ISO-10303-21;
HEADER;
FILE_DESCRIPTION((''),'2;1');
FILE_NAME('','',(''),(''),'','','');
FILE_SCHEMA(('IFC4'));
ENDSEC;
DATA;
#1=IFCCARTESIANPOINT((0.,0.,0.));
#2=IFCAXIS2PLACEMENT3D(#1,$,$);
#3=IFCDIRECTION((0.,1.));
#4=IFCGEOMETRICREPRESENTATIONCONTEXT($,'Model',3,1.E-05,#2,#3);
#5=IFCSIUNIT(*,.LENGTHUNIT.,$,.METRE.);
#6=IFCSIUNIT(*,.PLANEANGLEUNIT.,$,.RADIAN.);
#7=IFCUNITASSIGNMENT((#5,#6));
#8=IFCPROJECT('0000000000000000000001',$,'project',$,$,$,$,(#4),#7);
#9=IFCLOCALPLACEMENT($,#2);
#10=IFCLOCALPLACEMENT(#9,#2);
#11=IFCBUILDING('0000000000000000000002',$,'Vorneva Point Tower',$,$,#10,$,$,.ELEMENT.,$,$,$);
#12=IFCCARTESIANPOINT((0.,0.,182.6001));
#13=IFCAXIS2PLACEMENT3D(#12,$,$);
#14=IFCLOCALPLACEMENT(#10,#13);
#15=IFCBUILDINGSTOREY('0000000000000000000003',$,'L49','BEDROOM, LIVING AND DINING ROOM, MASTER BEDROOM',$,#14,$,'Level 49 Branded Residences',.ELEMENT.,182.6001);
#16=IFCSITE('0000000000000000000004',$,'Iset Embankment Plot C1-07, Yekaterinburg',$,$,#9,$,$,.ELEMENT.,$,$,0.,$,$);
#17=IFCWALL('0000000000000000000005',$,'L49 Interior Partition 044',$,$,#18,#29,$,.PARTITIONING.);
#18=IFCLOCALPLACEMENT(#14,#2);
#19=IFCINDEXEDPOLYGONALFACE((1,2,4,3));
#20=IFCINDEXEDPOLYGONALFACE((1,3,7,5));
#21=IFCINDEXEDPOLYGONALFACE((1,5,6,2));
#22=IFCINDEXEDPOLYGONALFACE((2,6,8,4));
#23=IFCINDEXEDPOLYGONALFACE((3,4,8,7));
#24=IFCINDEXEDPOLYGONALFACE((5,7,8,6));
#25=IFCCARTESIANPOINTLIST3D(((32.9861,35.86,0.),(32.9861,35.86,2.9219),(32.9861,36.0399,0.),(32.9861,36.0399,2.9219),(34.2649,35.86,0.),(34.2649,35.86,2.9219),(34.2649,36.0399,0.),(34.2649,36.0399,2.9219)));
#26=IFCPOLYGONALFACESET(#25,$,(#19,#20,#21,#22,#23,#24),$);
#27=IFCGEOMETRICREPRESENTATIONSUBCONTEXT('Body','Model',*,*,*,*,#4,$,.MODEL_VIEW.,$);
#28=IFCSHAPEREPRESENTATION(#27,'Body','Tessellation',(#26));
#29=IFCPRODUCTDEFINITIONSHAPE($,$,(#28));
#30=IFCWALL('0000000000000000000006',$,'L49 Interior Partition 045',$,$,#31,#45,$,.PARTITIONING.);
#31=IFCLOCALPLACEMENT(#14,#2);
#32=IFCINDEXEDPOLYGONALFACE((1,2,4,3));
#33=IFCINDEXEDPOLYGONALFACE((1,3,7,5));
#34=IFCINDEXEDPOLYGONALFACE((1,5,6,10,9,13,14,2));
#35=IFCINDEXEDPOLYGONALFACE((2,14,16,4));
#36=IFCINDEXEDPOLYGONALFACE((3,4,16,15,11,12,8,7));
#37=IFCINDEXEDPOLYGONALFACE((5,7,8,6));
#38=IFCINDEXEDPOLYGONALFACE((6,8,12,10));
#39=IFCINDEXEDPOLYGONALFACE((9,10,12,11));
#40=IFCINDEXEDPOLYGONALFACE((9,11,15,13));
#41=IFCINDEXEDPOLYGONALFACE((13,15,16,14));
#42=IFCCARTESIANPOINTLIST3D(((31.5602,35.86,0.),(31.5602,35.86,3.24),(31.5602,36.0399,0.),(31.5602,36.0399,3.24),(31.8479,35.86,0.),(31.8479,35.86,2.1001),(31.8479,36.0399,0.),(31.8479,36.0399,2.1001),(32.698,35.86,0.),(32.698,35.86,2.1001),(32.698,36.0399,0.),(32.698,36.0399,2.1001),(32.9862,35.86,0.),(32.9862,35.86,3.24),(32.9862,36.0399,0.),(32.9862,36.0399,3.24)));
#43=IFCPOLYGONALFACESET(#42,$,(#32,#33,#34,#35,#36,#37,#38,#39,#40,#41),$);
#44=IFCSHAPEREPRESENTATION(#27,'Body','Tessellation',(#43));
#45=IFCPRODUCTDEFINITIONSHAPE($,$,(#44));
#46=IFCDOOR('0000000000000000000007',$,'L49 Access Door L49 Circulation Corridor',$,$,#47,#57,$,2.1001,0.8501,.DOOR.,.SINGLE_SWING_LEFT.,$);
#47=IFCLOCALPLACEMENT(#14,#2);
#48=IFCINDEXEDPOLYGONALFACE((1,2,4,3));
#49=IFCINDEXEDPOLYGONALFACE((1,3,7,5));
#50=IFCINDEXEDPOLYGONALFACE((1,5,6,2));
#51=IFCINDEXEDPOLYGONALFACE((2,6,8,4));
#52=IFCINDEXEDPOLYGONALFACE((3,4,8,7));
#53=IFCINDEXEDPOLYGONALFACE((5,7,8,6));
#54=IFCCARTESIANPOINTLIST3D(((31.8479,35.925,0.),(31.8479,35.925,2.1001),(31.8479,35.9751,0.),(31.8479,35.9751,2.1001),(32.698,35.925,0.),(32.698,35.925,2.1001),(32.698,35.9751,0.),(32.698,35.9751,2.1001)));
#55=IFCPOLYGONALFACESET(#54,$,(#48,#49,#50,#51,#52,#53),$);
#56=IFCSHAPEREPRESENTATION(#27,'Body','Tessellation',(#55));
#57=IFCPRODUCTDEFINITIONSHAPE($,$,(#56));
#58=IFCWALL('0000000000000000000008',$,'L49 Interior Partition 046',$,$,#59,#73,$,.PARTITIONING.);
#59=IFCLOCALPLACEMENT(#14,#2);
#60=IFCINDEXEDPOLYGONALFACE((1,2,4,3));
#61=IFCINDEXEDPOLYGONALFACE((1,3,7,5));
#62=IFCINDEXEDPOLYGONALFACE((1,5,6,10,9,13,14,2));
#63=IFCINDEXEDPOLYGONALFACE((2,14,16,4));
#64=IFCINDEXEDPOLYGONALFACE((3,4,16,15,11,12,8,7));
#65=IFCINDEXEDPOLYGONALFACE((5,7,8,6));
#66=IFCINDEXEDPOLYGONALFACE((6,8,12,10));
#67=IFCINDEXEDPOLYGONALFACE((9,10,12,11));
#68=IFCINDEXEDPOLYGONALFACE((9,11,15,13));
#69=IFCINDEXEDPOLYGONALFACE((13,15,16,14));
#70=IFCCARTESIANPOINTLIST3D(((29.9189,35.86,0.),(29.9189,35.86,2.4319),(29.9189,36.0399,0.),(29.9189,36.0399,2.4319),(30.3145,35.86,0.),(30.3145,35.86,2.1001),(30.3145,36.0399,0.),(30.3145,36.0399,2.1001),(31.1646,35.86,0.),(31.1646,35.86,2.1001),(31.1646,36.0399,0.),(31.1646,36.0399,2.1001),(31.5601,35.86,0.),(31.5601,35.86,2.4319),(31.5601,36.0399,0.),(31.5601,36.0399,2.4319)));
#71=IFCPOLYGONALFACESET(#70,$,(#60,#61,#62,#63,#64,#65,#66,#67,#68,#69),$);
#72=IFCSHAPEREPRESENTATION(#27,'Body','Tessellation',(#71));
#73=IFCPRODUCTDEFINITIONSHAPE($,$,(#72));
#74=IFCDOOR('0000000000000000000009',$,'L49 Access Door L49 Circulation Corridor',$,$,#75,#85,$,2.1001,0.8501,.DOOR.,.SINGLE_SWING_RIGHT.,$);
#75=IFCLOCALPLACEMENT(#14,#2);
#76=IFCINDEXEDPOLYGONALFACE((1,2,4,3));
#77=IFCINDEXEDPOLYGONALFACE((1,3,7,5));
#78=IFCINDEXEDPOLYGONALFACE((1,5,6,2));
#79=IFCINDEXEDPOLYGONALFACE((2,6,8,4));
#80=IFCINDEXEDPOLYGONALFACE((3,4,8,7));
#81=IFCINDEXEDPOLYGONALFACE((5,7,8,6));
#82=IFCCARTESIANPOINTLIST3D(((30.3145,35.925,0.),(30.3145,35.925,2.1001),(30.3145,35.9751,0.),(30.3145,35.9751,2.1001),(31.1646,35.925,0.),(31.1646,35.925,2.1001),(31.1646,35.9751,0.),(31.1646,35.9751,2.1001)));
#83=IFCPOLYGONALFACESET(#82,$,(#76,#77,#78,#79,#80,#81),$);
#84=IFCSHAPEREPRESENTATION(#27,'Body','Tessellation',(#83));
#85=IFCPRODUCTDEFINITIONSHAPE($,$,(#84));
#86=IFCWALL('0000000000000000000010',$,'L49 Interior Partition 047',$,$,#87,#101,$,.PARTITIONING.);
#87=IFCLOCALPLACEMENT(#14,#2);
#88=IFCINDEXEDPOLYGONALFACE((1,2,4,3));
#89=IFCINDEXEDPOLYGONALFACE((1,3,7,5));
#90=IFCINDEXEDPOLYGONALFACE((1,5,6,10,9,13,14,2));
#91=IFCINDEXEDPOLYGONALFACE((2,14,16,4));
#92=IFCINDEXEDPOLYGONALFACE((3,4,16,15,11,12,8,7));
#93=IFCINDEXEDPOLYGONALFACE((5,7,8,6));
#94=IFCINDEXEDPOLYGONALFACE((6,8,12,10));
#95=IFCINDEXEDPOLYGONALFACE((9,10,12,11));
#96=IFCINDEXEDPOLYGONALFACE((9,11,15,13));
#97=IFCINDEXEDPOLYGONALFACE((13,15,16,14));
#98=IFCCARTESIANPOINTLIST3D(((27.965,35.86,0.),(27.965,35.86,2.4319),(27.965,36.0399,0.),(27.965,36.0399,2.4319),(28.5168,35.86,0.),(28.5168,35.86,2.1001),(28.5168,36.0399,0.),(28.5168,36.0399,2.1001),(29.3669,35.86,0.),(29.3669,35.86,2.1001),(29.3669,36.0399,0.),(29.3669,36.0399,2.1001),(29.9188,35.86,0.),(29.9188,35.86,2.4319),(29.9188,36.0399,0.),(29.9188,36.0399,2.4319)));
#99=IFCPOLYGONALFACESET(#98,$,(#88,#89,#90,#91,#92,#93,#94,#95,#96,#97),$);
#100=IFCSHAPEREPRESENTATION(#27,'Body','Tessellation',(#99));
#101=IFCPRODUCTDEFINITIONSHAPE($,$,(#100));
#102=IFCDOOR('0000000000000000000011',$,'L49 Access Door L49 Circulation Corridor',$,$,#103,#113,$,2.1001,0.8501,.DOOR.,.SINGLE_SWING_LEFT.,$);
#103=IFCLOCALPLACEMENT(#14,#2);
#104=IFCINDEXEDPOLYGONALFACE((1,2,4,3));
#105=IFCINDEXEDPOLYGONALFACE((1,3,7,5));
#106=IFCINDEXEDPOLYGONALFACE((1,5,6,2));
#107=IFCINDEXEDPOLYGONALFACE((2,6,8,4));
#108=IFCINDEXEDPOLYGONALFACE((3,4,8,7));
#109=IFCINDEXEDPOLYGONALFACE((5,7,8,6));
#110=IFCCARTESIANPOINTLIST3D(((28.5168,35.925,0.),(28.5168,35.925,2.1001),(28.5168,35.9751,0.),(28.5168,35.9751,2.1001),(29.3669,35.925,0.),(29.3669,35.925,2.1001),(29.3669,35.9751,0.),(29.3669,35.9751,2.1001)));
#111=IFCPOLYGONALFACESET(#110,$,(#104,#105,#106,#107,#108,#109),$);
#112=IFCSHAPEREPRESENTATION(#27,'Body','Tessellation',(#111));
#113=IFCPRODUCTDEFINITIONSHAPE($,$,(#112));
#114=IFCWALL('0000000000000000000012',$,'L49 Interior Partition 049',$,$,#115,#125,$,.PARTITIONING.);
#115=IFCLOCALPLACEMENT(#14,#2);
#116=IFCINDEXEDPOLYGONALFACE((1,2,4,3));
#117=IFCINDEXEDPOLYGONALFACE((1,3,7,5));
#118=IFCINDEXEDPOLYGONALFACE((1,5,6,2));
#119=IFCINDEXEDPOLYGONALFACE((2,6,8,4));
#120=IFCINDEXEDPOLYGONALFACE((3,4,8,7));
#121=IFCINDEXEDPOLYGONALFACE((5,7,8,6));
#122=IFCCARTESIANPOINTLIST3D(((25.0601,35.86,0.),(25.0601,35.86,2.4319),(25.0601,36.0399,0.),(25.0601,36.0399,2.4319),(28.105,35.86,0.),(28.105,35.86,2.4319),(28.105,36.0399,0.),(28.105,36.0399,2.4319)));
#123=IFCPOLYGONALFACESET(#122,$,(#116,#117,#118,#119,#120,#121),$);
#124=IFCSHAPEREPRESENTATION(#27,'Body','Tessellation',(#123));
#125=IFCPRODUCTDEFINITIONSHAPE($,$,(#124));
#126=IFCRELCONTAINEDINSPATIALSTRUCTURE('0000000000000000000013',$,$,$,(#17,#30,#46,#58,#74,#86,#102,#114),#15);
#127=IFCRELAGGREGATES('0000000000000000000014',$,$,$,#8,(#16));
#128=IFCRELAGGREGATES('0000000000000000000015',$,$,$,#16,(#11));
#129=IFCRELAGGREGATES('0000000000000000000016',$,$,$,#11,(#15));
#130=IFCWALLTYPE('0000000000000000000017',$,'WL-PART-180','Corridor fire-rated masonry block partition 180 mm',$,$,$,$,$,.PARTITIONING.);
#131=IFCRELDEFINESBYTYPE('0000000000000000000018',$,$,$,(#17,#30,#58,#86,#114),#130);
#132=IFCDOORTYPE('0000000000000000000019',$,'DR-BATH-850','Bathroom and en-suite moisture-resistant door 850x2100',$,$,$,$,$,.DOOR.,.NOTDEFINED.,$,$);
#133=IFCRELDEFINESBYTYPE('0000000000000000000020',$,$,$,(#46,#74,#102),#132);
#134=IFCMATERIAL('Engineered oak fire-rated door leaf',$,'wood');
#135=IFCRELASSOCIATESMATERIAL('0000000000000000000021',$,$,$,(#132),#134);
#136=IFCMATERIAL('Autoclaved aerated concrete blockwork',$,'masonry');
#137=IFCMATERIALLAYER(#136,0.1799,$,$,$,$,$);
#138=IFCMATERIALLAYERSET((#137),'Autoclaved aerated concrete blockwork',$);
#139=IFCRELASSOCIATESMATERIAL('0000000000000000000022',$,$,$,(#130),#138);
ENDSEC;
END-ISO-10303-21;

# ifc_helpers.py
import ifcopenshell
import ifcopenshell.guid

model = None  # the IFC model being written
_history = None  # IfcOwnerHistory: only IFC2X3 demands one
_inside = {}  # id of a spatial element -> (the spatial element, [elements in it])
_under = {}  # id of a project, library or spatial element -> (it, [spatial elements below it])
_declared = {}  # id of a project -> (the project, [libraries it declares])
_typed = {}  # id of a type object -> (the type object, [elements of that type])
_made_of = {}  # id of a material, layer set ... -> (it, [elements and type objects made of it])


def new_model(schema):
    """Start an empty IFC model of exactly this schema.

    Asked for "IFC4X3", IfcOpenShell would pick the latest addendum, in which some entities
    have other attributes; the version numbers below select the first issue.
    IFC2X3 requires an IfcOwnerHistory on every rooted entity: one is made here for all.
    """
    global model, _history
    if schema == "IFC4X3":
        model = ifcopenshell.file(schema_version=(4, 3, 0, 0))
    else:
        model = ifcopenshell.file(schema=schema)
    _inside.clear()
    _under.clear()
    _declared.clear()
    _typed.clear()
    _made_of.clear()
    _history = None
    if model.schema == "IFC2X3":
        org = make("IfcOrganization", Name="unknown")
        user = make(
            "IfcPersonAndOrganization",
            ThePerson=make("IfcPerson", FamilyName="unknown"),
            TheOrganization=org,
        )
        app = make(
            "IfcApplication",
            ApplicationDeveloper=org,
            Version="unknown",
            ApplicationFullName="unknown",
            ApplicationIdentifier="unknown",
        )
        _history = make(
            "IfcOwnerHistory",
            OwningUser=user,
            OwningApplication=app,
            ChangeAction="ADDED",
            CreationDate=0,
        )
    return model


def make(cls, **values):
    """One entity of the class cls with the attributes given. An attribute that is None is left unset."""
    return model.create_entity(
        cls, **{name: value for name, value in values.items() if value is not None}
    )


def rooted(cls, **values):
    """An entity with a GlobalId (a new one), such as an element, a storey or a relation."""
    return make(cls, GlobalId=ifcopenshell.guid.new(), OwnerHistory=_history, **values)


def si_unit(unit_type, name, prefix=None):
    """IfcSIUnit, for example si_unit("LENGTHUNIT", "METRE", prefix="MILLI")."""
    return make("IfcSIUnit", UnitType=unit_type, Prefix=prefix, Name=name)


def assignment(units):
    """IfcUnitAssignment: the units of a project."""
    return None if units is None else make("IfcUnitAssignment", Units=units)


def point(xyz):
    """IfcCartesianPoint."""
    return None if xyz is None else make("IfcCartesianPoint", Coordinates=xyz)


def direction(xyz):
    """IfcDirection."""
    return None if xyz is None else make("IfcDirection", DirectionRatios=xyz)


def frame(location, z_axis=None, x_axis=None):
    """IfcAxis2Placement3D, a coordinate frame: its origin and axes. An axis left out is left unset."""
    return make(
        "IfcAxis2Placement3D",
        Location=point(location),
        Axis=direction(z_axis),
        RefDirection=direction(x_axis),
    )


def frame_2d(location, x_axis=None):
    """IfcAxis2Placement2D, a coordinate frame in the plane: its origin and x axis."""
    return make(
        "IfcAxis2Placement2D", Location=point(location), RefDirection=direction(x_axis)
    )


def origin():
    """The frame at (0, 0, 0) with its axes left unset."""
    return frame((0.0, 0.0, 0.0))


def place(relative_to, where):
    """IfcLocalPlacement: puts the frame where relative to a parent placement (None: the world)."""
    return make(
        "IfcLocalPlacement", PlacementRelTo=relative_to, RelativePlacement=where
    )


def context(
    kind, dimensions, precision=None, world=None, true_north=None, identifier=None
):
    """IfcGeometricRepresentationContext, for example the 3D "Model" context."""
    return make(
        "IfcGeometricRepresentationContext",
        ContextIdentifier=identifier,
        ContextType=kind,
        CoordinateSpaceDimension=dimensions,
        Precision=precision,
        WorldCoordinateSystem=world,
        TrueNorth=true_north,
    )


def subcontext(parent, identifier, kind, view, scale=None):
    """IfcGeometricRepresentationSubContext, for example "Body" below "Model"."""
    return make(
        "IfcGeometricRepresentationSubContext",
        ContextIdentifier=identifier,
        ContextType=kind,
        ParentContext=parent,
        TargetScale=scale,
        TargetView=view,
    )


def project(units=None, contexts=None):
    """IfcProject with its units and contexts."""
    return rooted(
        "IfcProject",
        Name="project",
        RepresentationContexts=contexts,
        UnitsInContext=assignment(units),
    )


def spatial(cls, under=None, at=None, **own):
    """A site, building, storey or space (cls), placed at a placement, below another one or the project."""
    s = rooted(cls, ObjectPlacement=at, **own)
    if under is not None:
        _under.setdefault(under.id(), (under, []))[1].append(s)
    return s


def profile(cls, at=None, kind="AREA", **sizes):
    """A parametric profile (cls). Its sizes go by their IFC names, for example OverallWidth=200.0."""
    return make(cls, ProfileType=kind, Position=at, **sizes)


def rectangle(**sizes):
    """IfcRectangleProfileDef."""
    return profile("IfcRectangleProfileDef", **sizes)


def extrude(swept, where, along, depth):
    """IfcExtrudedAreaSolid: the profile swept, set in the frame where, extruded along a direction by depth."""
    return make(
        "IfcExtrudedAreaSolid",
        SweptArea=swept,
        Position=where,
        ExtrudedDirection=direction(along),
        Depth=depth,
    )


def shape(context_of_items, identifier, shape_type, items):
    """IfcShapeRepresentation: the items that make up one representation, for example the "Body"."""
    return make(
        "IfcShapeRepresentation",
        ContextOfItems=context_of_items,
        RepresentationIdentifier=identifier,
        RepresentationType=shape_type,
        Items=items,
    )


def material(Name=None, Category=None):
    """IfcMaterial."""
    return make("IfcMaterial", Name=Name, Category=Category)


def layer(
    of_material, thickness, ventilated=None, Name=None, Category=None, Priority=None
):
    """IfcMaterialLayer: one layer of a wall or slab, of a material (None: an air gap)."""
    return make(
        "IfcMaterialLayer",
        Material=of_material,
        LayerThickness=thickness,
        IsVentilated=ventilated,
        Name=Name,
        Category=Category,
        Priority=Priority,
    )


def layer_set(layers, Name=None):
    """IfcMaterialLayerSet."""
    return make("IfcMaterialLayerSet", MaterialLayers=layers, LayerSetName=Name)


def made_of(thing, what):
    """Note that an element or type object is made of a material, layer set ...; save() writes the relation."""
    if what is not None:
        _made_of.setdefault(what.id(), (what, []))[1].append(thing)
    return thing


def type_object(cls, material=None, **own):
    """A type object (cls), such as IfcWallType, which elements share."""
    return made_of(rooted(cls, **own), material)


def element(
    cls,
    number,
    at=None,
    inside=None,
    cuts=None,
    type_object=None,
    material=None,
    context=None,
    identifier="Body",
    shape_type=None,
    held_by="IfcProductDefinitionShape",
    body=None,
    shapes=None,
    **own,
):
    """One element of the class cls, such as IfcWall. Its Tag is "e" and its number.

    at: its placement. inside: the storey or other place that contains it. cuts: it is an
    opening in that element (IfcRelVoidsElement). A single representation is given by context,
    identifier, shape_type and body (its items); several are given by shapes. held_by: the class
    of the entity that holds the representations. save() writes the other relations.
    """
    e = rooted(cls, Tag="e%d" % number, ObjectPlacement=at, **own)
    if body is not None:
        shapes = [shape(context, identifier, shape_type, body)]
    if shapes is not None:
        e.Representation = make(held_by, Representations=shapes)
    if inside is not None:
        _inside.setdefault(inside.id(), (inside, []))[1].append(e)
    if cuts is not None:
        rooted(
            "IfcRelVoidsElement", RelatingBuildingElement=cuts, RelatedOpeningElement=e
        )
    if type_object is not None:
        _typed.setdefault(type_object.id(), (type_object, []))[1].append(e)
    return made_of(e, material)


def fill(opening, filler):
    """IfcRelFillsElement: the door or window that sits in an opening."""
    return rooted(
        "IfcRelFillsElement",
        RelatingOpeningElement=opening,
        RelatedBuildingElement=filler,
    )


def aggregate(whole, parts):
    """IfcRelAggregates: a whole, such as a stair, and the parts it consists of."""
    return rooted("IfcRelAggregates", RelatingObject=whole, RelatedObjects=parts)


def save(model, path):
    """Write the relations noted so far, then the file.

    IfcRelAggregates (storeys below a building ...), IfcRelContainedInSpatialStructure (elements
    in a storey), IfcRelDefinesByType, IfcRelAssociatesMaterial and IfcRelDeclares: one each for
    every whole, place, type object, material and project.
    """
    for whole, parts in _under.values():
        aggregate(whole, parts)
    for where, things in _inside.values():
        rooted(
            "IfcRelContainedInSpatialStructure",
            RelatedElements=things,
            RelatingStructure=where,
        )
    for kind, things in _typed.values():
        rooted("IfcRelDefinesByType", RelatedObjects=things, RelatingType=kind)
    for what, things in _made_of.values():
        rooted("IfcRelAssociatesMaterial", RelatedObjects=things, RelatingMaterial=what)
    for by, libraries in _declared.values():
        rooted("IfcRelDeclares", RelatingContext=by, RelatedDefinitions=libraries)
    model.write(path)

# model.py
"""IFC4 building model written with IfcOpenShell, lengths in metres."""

from ifc_helpers import new_model, si_unit, direction, frame, frame_2d, origin, place, context, subcontext, project, spatial, rectangle, extrude, material, layer, layer_set, type_object, element, fill, save


model = new_model("IFC4")

# Units and contexts
model_context = context("Model", 3, precision=1e-05, world=origin(), true_north=direction((0.0, 1.0)))
body_context = subcontext(model_context, "Body", "Model", "MODEL_VIEW")
ifc_project = project(units=[si_unit("LENGTHUNIT", "METRE"), si_unit("PLANEANGLEUNIT", "RADIAN")], contexts=[model_context])

# Site, building, storey
site_placement = place(None, origin())
site = spatial("IfcSite", under=ifc_project, at=site_placement, Name="Iset Embankment Plot C1-07, Yekaterinburg", CompositionType="ELEMENT", RefElevation=0.0)
building_placement = place(site_placement, origin())
building = spatial("IfcBuilding", under=site, at=building_placement, Name="Vorneva Point Tower", CompositionType="ELEMENT")
storey_placement = place(building_placement, frame((0.0, 0.0, 182.6001)))
storey = spatial("IfcBuildingStorey", under=building, at=storey_placement, Name="L49", Description="BEDROOM, LIVING AND DINING ROOM, MASTER BEDROOM", LongName="Level 49 Branded Residences", CompositionType="ELEMENT", Elevation=182.6001)

# Shared definitions
ifc_material_1 = material(Name="Engineered oak fire-rated door leaf", Category="wood")
door_type_1 = type_object("IfcDoorType", Name="DR-BATH-850", Description="Bathroom and en-suite moisture-resistant door 850x2100", OperationType="NOTDEFINED", PredefinedType="DOOR", material=ifc_material_1)

# Shared definitions
ifc_material_2 = material(Name="Autoclaved aerated concrete blockwork", Category="masonry")
ifc_layer_1 = layer(ifc_material_2, 0.1799)
ifc_layer_set_1 = layer_set([ifc_layer_1], Name="Autoclaved aerated concrete blockwork")
wall_type_1 = type_object("IfcWallType", Name="WL-PART-180", Description="Corridor fire-rated masonry block partition 180 mm", PredefinedType="PARTITIONING", material=ifc_layer_set_1)

# Wall
wall_1_placement = place(storey_placement, frame((34.2649, 35.95, 0.0), z_axis=(0.0, 0.0, 1.0), x_axis=(-1.0, 0.0, 0.0)))
element("IfcWall", 1, at=wall_1_placement, inside=storey, type_object=wall_type_1, Name="L49 Interior Partition 044", PredefinedType="PARTITIONING", context=body_context, shape_type="SweptSolid", body=[
    extrude(rectangle(XDim=1.2788, YDim=0.1799, at=frame_2d((0.6394, 0.0))), origin(), (0.0, 0.0, 1.0), 2.9219),
])

# Walls, openings, doors
wall_2_placement = place(storey_placement, frame((32.9861, 35.95, 0.0), z_axis=(0.0, 0.0, 1.0), x_axis=(-1.0, 0.0, 0.0)))
wall_2 = element("IfcWall", 2, at=wall_2_placement, inside=storey, type_object=wall_type_1, Name="L49 Interior Partition 045", PredefinedType="PARTITIONING", context=body_context, shape_type="SweptSolid", body=[
    extrude(rectangle(XDim=1.426, YDim=0.1799, at=frame_2d((0.7129, 0.0))), origin(), (0.0, 0.0, 1.0), 3.24),
])
opening_1_placement = place(wall_2_placement, frame((0.2881, 0.0, 0.0)))
opening_1 = element("IfcOpeningElement", 3, at=opening_1_placement, cuts=wall_2, PredefinedType="OPENING", context=body_context, shape_type="SweptSolid", body=[
    extrude(rectangle(XDim=0.8501, YDim=2.1001, at=frame_2d((0.425, 1.05))), frame((0.0, 0.105, 0.0), z_axis=(0.0, -1.0, 0.0), x_axis=(1.0, 0.0, 0.0)), (0.0, 0.0, 1.0), 0.2097),
])
door_1_placement = place(opening_1_placement, origin())
door_1 = element("IfcDoor", 4, at=door_1_placement, inside=storey, type_object=door_type_1, Name="L49 Access Door L49 Circulation Corridor", OperationType="SINGLE_SWING_LEFT", OverallHeight=2.1001, OverallWidth=0.8501, PredefinedType="DOOR", context=body_context, shape_type="SweptSolid", body=[
    extrude(rectangle(XDim=0.8501, YDim=2.1001, at=frame_2d((0.425, 1.05))), frame((0.0, 0.0249, 0.0), z_axis=(0.0, -1.0, 0.0), x_axis=(1.0, 0.0, 0.0)), (0.0, 0.0, 1.0), 0.05),
])
fill(opening_1, door_1)
wall_3_placement = place(storey_placement, frame((31.5601, 35.95, 0.0), z_axis=(0.0, 0.0, 1.0), x_axis=(-1.0, 0.0, 0.0)))
wall_3 = element("IfcWall", 5, at=wall_3_placement, inside=storey, type_object=wall_type_1, Name="L49 Interior Partition 046", PredefinedType="PARTITIONING", context=body_context, shape_type="SweptSolid", body=[
    extrude(rectangle(XDim=1.6411, YDim=0.1799, at=frame_2d((0.8206, 0.0))), origin(), (0.0, 0.0, 1.0), 2.4319),
])
opening_2_placement = place(wall_3_placement, frame((0.3955, 0.0, 0.0)))
opening_2 = element("IfcOpeningElement", 6, at=opening_2_placement, cuts=wall_3, PredefinedType="OPENING", context=body_context, shape_type="SweptSolid", body=[
    extrude(rectangle(XDim=0.8501, YDim=2.1001, at=frame_2d((0.425, 1.05))), frame((0.0, 0.105, 0.0), z_axis=(0.0, -1.0, 0.0), x_axis=(1.0, 0.0, 0.0)), (0.0, 0.0, 1.0), 0.2097),
])
door_2_placement = place(opening_2_placement, origin())
door_2 = element("IfcDoor", 7, at=door_2_placement, inside=storey, type_object=door_type_1, Name="L49 Access Door L49 Circulation Corridor", OperationType="SINGLE_SWING_RIGHT", OverallHeight=2.1001, OverallWidth=0.8501, PredefinedType="DOOR", context=body_context, shape_type="SweptSolid", body=[
    extrude(rectangle(XDim=0.8501, YDim=2.1001, at=frame_2d((0.425, 1.05))), frame((0.0, 0.0249, 0.0), z_axis=(0.0, -1.0, 0.0), x_axis=(1.0, 0.0, 0.0)), (0.0, 0.0, 1.0), 0.05),
])
fill(opening_2, door_2)
wall_4_placement = place(storey_placement, frame((29.9189, 35.95, 0.0), z_axis=(0.0, 0.0, 1.0), x_axis=(-1.0, 0.0, 0.0)))
wall_4 = element("IfcWall", 8, at=wall_4_placement, inside=storey, type_object=wall_type_1, Name="L49 Interior Partition 047", PredefinedType="PARTITIONING", context=body_context, shape_type="SweptSolid", body=[
    extrude(rectangle(XDim=1.9539, YDim=0.1799, at=frame_2d((0.9771, 0.0))), origin(), (0.0, 0.0, 1.0), 2.4319),
])
opening_3_placement = place(wall_4_placement, frame((0.552, 0.0, 0.0)))
opening_3 = element("IfcOpeningElement", 9, at=opening_3_placement, cuts=wall_4, PredefinedType="OPENING", context=body_context, shape_type="SweptSolid", body=[
    extrude(rectangle(XDim=0.8501, YDim=2.1001, at=frame_2d((0.425, 1.05))), frame((0.0, 0.105, 0.0), z_axis=(0.0, -1.0, 0.0), x_axis=(1.0, 0.0, 0.0)), (0.0, 0.0, 1.0), 0.2097),
])
door_3_placement = place(opening_3_placement, origin())
door_3 = element("IfcDoor", 10, at=door_3_placement, inside=storey, type_object=door_type_1, Name="L49 Access Door L49 Circulation Corridor", OperationType="SINGLE_SWING_LEFT", OverallHeight=2.1001, OverallWidth=0.8501, PredefinedType="DOOR", context=body_context, shape_type="SweptSolid", body=[
    extrude(rectangle(XDim=0.8501, YDim=2.1001, at=frame_2d((0.425, 1.05))), frame((0.0, 0.0249, 0.0), z_axis=(0.0, -1.0, 0.0), x_axis=(1.0, 0.0, 0.0)), (0.0, 0.0, 1.0), 0.05),
])
fill(opening_3, door_3)

# Wall
wall_5_placement = place(storey_placement, frame((28.105, 35.95, 0.0), z_axis=(0.0, 0.0, 1.0), x_axis=(-1.0, 0.0, 0.0)))
element("IfcWall", 11, at=wall_5_placement, inside=storey, type_object=wall_type_1, Name="L49 Interior Partition 049", PredefinedType="PARTITIONING", context=body_context, shape_type="SweptSolid", body=[
    extrude(rectangle(XDim=3.0449, YDim=0.1799, at=frame_2d((1.5225, 0.0))), origin(), (0.0, 0.0, 1.0), 2.4319),
])

save(model, "model.ifc")
